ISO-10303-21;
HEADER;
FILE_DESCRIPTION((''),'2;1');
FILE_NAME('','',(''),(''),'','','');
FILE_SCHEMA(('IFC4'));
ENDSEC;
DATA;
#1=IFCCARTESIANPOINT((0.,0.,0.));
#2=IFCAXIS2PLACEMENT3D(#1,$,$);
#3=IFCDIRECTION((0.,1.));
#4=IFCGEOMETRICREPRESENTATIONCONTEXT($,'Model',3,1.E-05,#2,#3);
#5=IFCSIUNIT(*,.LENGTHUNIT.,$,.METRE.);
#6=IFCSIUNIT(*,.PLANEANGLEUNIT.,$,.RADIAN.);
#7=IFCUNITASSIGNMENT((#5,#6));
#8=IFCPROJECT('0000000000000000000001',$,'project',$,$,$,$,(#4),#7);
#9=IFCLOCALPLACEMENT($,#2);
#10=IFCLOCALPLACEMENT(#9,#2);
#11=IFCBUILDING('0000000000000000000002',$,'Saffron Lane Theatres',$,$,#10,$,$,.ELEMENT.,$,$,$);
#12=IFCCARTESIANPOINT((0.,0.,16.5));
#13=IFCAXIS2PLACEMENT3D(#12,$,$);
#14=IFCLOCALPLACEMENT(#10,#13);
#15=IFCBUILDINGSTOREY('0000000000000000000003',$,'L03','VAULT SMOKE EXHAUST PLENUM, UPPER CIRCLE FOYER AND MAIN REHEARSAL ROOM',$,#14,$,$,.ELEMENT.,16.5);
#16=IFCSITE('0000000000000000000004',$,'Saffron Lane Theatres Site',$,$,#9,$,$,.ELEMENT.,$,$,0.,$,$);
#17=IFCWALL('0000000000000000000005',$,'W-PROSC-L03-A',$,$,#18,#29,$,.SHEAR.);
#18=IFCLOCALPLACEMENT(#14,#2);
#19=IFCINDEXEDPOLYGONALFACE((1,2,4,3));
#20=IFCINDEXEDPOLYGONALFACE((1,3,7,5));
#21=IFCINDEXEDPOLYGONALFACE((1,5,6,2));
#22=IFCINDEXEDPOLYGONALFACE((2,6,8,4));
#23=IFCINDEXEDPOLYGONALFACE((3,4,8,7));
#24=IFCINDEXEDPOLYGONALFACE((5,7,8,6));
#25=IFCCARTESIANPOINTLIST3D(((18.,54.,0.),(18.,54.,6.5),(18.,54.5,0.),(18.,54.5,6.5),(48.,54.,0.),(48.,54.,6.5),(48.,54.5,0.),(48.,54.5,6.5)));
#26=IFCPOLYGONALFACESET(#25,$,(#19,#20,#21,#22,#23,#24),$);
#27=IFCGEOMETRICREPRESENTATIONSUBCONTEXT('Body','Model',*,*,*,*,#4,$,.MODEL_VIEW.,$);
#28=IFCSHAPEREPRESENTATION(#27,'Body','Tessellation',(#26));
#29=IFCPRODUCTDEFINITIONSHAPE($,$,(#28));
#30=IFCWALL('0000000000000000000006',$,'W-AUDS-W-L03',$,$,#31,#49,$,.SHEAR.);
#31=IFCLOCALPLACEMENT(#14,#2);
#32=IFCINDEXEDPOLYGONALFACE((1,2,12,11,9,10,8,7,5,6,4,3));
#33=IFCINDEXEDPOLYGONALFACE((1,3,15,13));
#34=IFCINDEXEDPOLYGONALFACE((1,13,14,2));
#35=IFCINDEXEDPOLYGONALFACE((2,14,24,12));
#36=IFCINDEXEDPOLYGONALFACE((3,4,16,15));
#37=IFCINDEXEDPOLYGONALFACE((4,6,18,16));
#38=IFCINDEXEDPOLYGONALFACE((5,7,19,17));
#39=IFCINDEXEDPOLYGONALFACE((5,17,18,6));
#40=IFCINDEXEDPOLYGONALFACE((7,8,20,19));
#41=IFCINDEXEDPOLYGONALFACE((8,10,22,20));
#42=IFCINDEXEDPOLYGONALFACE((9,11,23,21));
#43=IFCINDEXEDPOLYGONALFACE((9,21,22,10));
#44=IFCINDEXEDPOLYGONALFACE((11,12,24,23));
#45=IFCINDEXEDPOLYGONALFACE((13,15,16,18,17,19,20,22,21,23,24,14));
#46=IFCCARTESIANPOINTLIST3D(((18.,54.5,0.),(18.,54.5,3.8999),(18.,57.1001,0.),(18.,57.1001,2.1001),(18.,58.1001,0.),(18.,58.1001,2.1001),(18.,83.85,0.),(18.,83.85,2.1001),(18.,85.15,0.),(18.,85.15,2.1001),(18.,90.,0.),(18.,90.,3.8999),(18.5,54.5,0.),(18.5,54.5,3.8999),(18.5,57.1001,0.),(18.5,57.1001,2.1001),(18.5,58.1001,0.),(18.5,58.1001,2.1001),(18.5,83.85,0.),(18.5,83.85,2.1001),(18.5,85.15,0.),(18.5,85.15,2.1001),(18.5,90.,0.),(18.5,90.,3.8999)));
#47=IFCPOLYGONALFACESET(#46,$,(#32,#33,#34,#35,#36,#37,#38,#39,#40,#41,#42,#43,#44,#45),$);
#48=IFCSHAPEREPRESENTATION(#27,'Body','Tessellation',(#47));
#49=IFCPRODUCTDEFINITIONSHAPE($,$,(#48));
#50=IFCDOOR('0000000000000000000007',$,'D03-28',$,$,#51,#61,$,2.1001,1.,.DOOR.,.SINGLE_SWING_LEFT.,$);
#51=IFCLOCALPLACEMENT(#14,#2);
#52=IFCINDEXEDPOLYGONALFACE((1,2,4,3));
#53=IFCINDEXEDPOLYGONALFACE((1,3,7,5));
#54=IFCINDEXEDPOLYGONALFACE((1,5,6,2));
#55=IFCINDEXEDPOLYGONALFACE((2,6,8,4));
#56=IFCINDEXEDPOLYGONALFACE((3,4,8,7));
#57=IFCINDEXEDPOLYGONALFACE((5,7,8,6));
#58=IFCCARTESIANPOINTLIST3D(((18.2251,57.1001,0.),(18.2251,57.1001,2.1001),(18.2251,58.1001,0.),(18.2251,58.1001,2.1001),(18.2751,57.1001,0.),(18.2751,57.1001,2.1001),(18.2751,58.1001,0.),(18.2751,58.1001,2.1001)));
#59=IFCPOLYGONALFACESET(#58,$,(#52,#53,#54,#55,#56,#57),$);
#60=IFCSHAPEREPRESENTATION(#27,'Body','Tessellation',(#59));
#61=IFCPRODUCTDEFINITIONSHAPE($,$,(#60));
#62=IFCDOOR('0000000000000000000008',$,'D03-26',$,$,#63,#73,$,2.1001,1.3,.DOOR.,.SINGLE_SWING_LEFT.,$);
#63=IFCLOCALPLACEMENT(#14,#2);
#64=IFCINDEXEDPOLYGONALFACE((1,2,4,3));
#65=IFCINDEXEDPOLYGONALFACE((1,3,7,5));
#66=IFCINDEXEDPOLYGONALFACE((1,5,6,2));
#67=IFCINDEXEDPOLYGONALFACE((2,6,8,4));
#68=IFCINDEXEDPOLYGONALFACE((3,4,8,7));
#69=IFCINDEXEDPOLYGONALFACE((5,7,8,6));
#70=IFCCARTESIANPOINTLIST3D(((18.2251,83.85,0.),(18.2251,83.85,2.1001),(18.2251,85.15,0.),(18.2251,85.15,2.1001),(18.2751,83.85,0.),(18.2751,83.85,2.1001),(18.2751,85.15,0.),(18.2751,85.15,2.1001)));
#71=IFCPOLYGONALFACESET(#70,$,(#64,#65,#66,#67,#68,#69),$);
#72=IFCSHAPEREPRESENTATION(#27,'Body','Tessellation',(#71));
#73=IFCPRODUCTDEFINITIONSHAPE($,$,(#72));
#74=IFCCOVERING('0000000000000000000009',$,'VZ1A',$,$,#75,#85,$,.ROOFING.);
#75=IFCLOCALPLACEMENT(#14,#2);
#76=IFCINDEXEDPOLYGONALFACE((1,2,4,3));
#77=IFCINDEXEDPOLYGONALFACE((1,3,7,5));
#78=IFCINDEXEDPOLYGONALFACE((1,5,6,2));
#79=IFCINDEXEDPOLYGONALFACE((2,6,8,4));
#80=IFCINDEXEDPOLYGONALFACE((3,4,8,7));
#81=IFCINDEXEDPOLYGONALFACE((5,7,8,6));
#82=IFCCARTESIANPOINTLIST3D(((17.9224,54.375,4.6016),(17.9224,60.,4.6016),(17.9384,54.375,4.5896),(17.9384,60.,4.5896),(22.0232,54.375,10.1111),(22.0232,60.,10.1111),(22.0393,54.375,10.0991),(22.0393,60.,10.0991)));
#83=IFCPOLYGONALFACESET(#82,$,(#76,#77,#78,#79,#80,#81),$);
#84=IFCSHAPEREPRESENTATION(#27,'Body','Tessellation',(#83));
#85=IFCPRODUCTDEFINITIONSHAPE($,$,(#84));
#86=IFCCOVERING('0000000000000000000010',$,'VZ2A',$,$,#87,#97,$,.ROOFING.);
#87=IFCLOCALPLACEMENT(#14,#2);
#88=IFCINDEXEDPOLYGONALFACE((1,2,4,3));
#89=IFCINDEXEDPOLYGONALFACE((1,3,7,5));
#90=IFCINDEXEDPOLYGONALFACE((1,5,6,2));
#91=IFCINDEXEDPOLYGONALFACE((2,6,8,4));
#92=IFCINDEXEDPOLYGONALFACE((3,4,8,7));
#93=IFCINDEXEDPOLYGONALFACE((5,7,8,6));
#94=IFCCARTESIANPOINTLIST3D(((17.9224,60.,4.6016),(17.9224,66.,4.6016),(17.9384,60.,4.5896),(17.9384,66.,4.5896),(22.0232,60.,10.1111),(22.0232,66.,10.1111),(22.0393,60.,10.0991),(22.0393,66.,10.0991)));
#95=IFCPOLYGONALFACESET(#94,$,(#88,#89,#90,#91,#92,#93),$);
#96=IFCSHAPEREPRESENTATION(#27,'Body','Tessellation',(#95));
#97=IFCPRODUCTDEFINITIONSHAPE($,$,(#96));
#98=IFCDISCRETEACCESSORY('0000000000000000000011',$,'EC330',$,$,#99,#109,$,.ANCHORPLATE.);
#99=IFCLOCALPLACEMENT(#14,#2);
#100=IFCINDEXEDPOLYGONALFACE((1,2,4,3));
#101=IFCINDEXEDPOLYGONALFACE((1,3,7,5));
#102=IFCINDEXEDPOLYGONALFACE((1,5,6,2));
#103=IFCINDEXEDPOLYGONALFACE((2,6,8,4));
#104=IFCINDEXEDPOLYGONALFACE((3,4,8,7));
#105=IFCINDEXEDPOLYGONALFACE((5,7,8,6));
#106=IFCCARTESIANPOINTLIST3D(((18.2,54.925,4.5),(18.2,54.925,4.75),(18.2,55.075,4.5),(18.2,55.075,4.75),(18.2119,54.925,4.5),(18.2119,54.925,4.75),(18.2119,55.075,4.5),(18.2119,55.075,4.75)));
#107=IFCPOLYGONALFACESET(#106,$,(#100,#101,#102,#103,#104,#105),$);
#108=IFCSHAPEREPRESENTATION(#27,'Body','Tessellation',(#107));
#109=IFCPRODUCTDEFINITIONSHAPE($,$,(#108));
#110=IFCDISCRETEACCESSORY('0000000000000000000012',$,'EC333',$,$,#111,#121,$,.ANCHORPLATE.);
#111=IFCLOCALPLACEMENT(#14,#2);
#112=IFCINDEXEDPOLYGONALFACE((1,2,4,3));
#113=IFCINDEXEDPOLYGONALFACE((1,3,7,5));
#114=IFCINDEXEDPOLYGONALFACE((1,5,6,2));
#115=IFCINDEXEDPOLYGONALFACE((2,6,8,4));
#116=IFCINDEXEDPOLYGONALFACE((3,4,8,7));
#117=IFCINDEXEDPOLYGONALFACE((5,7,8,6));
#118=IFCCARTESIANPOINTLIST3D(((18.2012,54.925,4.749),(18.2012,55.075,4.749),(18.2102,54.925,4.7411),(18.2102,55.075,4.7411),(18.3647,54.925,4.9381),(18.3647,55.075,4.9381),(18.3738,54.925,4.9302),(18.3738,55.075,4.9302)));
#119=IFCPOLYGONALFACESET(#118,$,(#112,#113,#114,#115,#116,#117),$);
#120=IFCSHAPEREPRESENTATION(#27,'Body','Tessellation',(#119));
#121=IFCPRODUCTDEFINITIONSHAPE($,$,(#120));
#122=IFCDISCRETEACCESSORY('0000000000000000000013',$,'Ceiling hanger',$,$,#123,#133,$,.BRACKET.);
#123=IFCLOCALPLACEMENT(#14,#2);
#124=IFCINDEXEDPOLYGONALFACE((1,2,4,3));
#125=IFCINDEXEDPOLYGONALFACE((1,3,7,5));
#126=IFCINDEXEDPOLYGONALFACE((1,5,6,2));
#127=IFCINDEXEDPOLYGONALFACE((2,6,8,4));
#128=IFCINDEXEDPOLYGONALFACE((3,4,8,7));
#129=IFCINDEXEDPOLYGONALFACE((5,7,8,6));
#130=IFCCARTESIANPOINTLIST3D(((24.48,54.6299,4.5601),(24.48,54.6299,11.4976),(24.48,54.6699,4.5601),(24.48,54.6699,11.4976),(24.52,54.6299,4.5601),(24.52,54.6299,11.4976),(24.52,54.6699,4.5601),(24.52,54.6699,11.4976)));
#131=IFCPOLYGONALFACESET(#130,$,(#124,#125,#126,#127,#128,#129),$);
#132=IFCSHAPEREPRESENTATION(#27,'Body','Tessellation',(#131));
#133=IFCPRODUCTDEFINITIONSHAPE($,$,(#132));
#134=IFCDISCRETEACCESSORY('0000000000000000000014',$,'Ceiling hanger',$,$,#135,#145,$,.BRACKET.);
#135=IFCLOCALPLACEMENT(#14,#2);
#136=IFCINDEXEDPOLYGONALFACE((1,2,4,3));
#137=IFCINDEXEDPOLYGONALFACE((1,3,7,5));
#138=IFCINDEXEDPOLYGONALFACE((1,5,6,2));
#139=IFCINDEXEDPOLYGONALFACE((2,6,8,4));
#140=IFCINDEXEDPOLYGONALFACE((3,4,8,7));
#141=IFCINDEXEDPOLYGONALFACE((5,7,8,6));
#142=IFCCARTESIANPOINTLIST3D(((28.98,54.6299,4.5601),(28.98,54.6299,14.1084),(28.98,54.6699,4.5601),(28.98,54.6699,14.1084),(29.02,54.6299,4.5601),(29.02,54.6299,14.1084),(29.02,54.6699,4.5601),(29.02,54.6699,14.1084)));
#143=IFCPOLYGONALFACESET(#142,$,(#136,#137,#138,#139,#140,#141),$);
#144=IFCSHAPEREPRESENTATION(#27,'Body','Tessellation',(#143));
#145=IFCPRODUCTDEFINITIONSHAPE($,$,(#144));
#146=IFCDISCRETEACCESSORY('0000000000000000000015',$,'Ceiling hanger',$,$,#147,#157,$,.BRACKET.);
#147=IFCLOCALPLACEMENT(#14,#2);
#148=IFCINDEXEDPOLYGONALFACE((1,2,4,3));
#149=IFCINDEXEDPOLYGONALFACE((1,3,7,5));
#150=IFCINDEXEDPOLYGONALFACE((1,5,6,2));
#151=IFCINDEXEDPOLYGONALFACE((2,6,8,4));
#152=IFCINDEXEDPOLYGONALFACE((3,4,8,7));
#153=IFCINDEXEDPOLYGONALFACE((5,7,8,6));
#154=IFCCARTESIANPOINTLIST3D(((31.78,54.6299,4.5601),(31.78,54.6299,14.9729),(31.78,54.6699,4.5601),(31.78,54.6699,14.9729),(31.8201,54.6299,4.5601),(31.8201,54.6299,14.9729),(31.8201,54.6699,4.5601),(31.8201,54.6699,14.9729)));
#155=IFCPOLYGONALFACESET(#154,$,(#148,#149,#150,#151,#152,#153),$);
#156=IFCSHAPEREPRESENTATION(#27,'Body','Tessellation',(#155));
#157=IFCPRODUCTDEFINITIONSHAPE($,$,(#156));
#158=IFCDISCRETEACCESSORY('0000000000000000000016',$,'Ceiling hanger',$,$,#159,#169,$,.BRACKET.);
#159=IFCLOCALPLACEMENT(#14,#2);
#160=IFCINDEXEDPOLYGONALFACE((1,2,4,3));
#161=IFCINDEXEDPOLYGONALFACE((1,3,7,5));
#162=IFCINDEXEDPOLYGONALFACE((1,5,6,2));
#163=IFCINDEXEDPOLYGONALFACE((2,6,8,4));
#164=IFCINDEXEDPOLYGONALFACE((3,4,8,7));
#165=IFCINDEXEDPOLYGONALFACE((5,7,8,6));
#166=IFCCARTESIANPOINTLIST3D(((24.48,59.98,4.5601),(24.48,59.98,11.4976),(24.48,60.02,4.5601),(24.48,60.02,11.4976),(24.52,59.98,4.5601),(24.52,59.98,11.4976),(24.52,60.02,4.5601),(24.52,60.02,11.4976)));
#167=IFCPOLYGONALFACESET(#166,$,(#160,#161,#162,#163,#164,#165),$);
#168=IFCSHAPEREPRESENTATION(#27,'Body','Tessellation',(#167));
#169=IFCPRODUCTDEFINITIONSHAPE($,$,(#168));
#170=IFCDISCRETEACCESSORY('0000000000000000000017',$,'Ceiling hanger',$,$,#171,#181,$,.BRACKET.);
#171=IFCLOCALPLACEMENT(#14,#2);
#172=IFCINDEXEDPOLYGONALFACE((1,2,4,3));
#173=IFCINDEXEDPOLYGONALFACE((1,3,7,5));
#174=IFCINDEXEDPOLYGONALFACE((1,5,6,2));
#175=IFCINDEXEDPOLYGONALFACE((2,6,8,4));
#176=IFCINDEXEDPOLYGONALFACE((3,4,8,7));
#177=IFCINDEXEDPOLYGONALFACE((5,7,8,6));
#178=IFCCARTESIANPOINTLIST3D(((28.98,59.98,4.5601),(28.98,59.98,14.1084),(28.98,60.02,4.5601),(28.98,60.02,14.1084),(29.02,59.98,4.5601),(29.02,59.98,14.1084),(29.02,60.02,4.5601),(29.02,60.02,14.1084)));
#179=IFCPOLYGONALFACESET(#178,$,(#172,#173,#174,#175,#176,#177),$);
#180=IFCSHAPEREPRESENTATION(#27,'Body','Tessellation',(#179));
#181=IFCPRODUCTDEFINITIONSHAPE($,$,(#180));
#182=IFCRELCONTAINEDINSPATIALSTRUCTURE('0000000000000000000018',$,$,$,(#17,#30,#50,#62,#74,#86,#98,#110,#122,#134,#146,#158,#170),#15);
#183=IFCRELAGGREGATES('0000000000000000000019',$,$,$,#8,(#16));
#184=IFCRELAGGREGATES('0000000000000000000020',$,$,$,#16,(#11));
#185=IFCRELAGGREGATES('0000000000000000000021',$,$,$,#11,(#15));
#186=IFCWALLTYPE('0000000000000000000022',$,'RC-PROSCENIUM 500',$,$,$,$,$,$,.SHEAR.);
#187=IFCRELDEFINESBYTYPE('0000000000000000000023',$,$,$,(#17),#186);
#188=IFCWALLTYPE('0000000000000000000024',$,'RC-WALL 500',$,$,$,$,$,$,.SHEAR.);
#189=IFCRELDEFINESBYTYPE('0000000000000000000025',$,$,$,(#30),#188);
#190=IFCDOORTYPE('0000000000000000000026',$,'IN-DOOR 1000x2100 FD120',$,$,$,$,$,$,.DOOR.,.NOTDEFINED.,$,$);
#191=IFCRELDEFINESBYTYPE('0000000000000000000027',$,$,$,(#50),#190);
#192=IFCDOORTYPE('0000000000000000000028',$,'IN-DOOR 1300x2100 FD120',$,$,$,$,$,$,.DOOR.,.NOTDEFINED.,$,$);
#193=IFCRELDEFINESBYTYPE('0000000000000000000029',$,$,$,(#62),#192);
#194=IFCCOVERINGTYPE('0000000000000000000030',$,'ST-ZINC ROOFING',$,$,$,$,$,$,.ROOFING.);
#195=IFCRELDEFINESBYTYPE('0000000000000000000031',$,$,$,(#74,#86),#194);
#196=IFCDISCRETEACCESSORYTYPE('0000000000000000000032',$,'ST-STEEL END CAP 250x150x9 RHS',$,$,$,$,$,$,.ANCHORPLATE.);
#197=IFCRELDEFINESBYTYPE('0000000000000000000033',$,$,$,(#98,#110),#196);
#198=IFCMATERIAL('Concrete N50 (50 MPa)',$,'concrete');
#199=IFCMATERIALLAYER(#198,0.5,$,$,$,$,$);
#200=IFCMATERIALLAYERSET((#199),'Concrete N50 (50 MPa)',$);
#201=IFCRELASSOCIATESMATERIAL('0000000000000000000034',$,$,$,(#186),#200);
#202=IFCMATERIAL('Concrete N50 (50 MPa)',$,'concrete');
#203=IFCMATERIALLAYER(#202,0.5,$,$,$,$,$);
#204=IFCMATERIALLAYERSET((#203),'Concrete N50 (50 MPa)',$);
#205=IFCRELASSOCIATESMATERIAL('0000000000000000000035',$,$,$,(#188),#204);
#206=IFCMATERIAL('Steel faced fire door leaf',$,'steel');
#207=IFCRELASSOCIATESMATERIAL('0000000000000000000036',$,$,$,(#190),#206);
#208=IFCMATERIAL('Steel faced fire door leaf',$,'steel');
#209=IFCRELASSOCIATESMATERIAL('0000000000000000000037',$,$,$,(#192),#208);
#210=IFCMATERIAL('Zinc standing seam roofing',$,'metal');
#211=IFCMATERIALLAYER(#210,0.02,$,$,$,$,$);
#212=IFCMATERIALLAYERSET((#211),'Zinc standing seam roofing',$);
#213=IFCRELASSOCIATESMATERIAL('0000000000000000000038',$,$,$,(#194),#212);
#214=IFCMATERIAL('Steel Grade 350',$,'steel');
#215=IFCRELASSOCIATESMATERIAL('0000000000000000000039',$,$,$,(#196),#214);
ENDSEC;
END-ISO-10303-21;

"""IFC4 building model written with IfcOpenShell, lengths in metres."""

from ifc_helpers import new_model, si_unit, direction, frame, frame_2d, origin, origin_2d, place, context, subcontext, project, spatial, polyline, rectangle, outline, extrude, material, layer, layer_set, material_profile, profile_set, type_object, element, fill, save


model = new_model("IFC4")

# Units and contexts
model_context = context("Model", 3, precision=1e-05, world=origin(), true_north=direction((0.0, 1.0)))
body_context = subcontext(model_context, "Body", "Model", "MODEL_VIEW")
ifc_project = project(units=[si_unit("LENGTHUNIT", "METRE"), si_unit("PLANEANGLEUNIT", "RADIAN")], contexts=[model_context])

# Site, building, storey
site_placement = place(None, origin())
site = spatial("IfcSite", under=ifc_project, at=site_placement, Name="Saffron Lane Theatres Site", CompositionType="ELEMENT", RefElevation=0.0)
building_placement = place(site_placement, origin())
building = spatial("IfcBuilding", under=site, at=building_placement, Name="Saffron Lane Theatres", CompositionType="ELEMENT")
storey_placement = place(building_placement, frame((0.0, 0.0, 16.5)))
storey = spatial("IfcBuildingStorey", under=building, at=storey_placement, Name="L03", Description="VAULT SMOKE EXHAUST PLENUM, UPPER CIRCLE FOYER AND MAIN REHEARSAL ROOM", CompositionType="ELEMENT", Elevation=16.5)

# Wall
ifc_material_1 = material(Name="Concrete N50 (50 MPa)", Category="concrete")
ifc_layer_1 = layer(ifc_material_1, 0.5)
ifc_layer_set_1 = layer_set([ifc_layer_1], Name="Concrete N50 (50 MPa)")
wall_type_1 = type_object("IfcWallType", Name="RC-PROSCENIUM 500", PredefinedType="SHEAR", material=ifc_layer_set_1)
wall_1_placement = place(storey_placement, frame((18.0, 54.25, 0.0), z_axis=(0.0, 0.0, 1.0), x_axis=(1.0, 0.0, 0.0)))
element("IfcWall", 1, at=wall_1_placement, inside=storey, type_object=wall_type_1, Name="W-PROSC-L03-A", PredefinedType="SHEAR", context=body_context, shape_type="SweptSolid", body=[
    extrude(rectangle(XDim=30.0, YDim=0.5, at=frame_2d((15.0, 0.0))), origin(), (0.0, 0.0, 1.0), 6.5),
])

# Wall, openings, doors
ifc_material_2 = material(Name="Concrete N50 (50 MPa)", Category="concrete")
ifc_layer_2 = layer(ifc_material_2, 0.5)
ifc_layer_set_2 = layer_set([ifc_layer_2], Name="Concrete N50 (50 MPa)")
wall_type_2 = type_object("IfcWallType", Name="RC-WALL 500", PredefinedType="SHEAR", material=ifc_layer_set_2)
wall_2_placement = place(storey_placement, frame((18.25, 54.5, 0.0), z_axis=(0.0, 0.0, 1.0), x_axis=(0.0, 1.0, 0.0)))
wall_2 = element("IfcWall", 2, at=wall_2_placement, inside=storey, type_object=wall_type_2, Name="W-AUDS-W-L03", PredefinedType="SHEAR", context=body_context, shape_type="SweptSolid", body=[
    extrude(rectangle(XDim=35.5, YDim=0.5, at=frame_2d((17.75, 0.0))), origin(), (0.0, 0.0, 1.0), 3.8999),
])
opening_1_placement = place(wall_2_placement, frame((29.3501, 0.0, 0.0)))
opening_1 = element("IfcOpeningElement", 3, at=opening_1_placement, cuts=wall_2, PredefinedType="OPENING", context=body_context, shape_type="SweptSolid", body=[
    extrude(rectangle(XDim=1.3, YDim=2.1001, at=frame_2d((0.6499, 1.05))), frame((0.0, 0.26, 0.0), z_axis=(0.0, -1.0, 0.0), x_axis=(1.0, 0.0, 0.0)), (0.0, 0.0, 1.0), 0.52),
])
opening_2_placement = place(wall_2_placement, frame((2.6001, 0.0, 0.0)))
opening_2 = element("IfcOpeningElement", 4, at=opening_2_placement, cuts=wall_2, PredefinedType="OPENING", context=body_context, shape_type="SweptSolid", body=[
    extrude(rectangle(XDim=1.0, YDim=2.1001, at=frame_2d((0.5, 1.05))), frame((0.0, 0.26, 0.0), z_axis=(0.0, -1.0, 0.0), x_axis=(1.0, 0.0, 0.0)), (0.0, 0.0, 1.0), 0.52),
])
ifc_material_3 = material(Name="Steel faced fire door leaf", Category="steel")
door_type_1 = type_object("IfcDoorType", Name="IN-DOOR 1000x2100 FD120", OperationType="NOTDEFINED", PredefinedType="DOOR", material=ifc_material_3)
door_1_placement = place(opening_2_placement, origin())
door_1 = element("IfcDoor", 5, at=door_1_placement, inside=storey, type_object=door_type_1, Name="D03-28", OperationType="SINGLE_SWING_LEFT", OverallHeight=2.1001, OverallWidth=1.0, PredefinedType="DOOR", context=body_context, shape_type="SweptSolid", body=[
    extrude(rectangle(XDim=1.0, YDim=2.1001, at=frame_2d((0.5, 1.05))), frame((0.0, 0.0249, 0.0), z_axis=(0.0, -1.0, 0.0), x_axis=(1.0, 0.0, 0.0)), (0.0, 0.0, 1.0), 0.05),
])
fill(opening_2, door_1)
ifc_material_4 = material(Name="Steel faced fire door leaf", Category="steel")
door_type_2 = type_object("IfcDoorType", Name="IN-DOOR 1300x2100 FD120", OperationType="NOTDEFINED", PredefinedType="DOOR", material=ifc_material_4)
door_2_placement = place(opening_1_placement, origin())
door_2 = element("IfcDoor", 6, at=door_2_placement, inside=storey, type_object=door_type_2, Name="D03-26", OperationType="SINGLE_SWING_LEFT", OverallHeight=2.1001, OverallWidth=1.3, PredefinedType="DOOR", context=body_context, shape_type="SweptSolid", body=[
    extrude(rectangle(XDim=1.3, YDim=2.1001, at=frame_2d((0.6499, 1.05))), frame((0.0, 0.0249, 0.0), z_axis=(0.0, -1.0, 0.0), x_axis=(1.0, 0.0, 0.0)), (0.0, 0.0, 1.0), 0.05),
])
fill(opening_1, door_2)

# Coverings
ifc_material_5 = material(Name="Zinc standing seam roofing", Category="metal")
ifc_layer_3 = layer(ifc_material_5, 0.02)
ifc_layer_set_3 = layer_set([ifc_layer_3], Name="Zinc standing seam roofing")
covering_type = type_object("IfcCoveringType", Name="ST-ZINC ROOFING", PredefinedType="ROOFING", material=ifc_layer_set_3)
covering_1_placement = place(storey_placement, frame((17.9224, 54.375, 4.6016), z_axis=(-0.802183, 0.0, 0.597078), x_axis=(0.597078, 0.0, 0.802183)))
element("IfcCovering", 7, at=covering_1_placement, inside=storey, type_object=covering_type, Name="VZ1A", PredefinedType="ROOFING", context=body_context, shape_type="SweptSolid", body=[
    extrude(outline(polyline([(0.0, 0.0), (6.8682, 0.0), (6.8682, 5.625), (0.0, 5.625), (0.0, 0.0)])), origin(), (0.0, 0.0, -1.0), 0.02),
])
covering_2_placement = place(storey_placement, frame((17.9224, 60.0, 4.6016), z_axis=(-0.802183, 0.0, 0.597078), x_axis=(0.597078, 0.0, 0.802183)))
element("IfcCovering", 8, at=covering_2_placement, inside=storey, type_object=covering_type, Name="VZ2A", PredefinedType="ROOFING", context=body_context, shape_type="SweptSolid", body=[
    extrude(outline(polyline([(0.0, 0.0), (6.8682, 0.0), (6.8682, 6.0), (0.0, 6.0), (0.0, 0.0)])), origin(), (0.0, 0.0, -1.0), 0.02),
])

# Discrete accessories
ifc_material_6 = material(Name="Steel Grade 350", Category="steel")
ifc_material_profile_1 = material_profile(ifc_material_6, rectangle(XDim=0.1499, YDim=0.25, at=origin_2d()))
ifc_profile_set_1 = profile_set([ifc_material_profile_1], Name="Steel Grade 350")
discrete_accessory_type = type_object("IfcDiscreteAccessoryType", Name="ST-STEEL END CAP 250x150x9 RHS", PredefinedType="ANCHORPLATE", material=ifc_profile_set_1)
for number, where, z_axis, x_axis, name in (
    (9, (18.2, 55.0, 4.625), (1.0, 0.0, 0.0), (0.0, 1.0, 0.0), "EC330"),
    (10, (18.292, 55.0, 4.8357), (-0.756363, 0.0, 0.654152), (0.0, -1.0, 0.0), "EC333"),
):
    element("IfcDiscreteAccessory", number, at=place(storey_placement, frame(where, z_axis=z_axis, x_axis=x_axis)), inside=storey, type_object=discrete_accessory_type, Name=name, PredefinedType="ANCHORPLATE", context=body_context, shape_type="SweptSolid", body=[
        extrude(rectangle(XDim=0.1499, YDim=0.25, at=origin_2d()), origin(), (0.0, 0.0, 1.0), 0.012),
    ])
discrete_accessory_1_placement = place(storey_placement, frame((24.5, 54.6499, 4.5601), z_axis=(0.0, 0.0, 1.0), x_axis=(1.0, 0.0, 0.0)))
element("IfcDiscreteAccessory", 11, at=discrete_accessory_1_placement, inside=storey, Name="Ceiling hanger", PredefinedType="BRACKET", context=body_context, shape_type="SweptSolid", body=[
    extrude(rectangle(XDim=0.04, YDim=0.04, at=origin_2d()), origin(), (0.0, 0.0, 1.0), 6.9375),
])
discrete_accessory_2_placement = place(storey_placement, frame((29.0, 54.6499, 4.5601), z_axis=(0.0, 0.0, 1.0), x_axis=(1.0, 0.0, 0.0)))
element("IfcDiscreteAccessory", 12, at=discrete_accessory_2_placement, inside=storey, Name="Ceiling hanger", PredefinedType="BRACKET", context=body_context, shape_type="SweptSolid", body=[
    extrude(rectangle(XDim=0.04, YDim=0.04, at=origin_2d()), origin(), (0.0, 0.0, 1.0), 9.5483),
])
discrete_accessory_3_placement = place(storey_placement, frame((31.8, 54.6499, 4.5601), z_axis=(0.0, 0.0, 1.0), x_axis=(1.0, 0.0, 0.0)))
element("IfcDiscreteAccessory", 13, at=discrete_accessory_3_placement, inside=storey, Name="Ceiling hanger", PredefinedType="BRACKET", context=body_context, shape_type="SweptSolid", body=[
    extrude(rectangle(XDim=0.04, YDim=0.04, at=origin_2d()), origin(), (0.0, 0.0, 1.0), 10.4128),
])
discrete_accessory_4_placement = place(storey_placement, frame((24.5, 60.0, 4.5601), z_axis=(0.0, 0.0, 1.0), x_axis=(1.0, 0.0, 0.0)))
element("IfcDiscreteAccessory", 14, at=discrete_accessory_4_placement, inside=storey, Name="Ceiling hanger", PredefinedType="BRACKET", context=body_context, shape_type="SweptSolid", body=[
    extrude(rectangle(XDim=0.04, YDim=0.04, at=origin_2d()), origin(), (0.0, 0.0, 1.0), 6.9375),
])
discrete_accessory_5_placement = place(storey_placement, frame((29.0, 60.0, 4.5601), z_axis=(0.0, 0.0, 1.0), x_axis=(1.0, 0.0, 0.0)))
element("IfcDiscreteAccessory", 15, at=discrete_accessory_5_placement, inside=storey, Name="Ceiling hanger", PredefinedType="BRACKET", context=body_context, shape_type="SweptSolid", body=[
    extrude(rectangle(XDim=0.04, YDim=0.04, at=origin_2d()), origin(), (0.0, 0.0, 1.0), 9.5483),
])

save(model, "model.ifc")
